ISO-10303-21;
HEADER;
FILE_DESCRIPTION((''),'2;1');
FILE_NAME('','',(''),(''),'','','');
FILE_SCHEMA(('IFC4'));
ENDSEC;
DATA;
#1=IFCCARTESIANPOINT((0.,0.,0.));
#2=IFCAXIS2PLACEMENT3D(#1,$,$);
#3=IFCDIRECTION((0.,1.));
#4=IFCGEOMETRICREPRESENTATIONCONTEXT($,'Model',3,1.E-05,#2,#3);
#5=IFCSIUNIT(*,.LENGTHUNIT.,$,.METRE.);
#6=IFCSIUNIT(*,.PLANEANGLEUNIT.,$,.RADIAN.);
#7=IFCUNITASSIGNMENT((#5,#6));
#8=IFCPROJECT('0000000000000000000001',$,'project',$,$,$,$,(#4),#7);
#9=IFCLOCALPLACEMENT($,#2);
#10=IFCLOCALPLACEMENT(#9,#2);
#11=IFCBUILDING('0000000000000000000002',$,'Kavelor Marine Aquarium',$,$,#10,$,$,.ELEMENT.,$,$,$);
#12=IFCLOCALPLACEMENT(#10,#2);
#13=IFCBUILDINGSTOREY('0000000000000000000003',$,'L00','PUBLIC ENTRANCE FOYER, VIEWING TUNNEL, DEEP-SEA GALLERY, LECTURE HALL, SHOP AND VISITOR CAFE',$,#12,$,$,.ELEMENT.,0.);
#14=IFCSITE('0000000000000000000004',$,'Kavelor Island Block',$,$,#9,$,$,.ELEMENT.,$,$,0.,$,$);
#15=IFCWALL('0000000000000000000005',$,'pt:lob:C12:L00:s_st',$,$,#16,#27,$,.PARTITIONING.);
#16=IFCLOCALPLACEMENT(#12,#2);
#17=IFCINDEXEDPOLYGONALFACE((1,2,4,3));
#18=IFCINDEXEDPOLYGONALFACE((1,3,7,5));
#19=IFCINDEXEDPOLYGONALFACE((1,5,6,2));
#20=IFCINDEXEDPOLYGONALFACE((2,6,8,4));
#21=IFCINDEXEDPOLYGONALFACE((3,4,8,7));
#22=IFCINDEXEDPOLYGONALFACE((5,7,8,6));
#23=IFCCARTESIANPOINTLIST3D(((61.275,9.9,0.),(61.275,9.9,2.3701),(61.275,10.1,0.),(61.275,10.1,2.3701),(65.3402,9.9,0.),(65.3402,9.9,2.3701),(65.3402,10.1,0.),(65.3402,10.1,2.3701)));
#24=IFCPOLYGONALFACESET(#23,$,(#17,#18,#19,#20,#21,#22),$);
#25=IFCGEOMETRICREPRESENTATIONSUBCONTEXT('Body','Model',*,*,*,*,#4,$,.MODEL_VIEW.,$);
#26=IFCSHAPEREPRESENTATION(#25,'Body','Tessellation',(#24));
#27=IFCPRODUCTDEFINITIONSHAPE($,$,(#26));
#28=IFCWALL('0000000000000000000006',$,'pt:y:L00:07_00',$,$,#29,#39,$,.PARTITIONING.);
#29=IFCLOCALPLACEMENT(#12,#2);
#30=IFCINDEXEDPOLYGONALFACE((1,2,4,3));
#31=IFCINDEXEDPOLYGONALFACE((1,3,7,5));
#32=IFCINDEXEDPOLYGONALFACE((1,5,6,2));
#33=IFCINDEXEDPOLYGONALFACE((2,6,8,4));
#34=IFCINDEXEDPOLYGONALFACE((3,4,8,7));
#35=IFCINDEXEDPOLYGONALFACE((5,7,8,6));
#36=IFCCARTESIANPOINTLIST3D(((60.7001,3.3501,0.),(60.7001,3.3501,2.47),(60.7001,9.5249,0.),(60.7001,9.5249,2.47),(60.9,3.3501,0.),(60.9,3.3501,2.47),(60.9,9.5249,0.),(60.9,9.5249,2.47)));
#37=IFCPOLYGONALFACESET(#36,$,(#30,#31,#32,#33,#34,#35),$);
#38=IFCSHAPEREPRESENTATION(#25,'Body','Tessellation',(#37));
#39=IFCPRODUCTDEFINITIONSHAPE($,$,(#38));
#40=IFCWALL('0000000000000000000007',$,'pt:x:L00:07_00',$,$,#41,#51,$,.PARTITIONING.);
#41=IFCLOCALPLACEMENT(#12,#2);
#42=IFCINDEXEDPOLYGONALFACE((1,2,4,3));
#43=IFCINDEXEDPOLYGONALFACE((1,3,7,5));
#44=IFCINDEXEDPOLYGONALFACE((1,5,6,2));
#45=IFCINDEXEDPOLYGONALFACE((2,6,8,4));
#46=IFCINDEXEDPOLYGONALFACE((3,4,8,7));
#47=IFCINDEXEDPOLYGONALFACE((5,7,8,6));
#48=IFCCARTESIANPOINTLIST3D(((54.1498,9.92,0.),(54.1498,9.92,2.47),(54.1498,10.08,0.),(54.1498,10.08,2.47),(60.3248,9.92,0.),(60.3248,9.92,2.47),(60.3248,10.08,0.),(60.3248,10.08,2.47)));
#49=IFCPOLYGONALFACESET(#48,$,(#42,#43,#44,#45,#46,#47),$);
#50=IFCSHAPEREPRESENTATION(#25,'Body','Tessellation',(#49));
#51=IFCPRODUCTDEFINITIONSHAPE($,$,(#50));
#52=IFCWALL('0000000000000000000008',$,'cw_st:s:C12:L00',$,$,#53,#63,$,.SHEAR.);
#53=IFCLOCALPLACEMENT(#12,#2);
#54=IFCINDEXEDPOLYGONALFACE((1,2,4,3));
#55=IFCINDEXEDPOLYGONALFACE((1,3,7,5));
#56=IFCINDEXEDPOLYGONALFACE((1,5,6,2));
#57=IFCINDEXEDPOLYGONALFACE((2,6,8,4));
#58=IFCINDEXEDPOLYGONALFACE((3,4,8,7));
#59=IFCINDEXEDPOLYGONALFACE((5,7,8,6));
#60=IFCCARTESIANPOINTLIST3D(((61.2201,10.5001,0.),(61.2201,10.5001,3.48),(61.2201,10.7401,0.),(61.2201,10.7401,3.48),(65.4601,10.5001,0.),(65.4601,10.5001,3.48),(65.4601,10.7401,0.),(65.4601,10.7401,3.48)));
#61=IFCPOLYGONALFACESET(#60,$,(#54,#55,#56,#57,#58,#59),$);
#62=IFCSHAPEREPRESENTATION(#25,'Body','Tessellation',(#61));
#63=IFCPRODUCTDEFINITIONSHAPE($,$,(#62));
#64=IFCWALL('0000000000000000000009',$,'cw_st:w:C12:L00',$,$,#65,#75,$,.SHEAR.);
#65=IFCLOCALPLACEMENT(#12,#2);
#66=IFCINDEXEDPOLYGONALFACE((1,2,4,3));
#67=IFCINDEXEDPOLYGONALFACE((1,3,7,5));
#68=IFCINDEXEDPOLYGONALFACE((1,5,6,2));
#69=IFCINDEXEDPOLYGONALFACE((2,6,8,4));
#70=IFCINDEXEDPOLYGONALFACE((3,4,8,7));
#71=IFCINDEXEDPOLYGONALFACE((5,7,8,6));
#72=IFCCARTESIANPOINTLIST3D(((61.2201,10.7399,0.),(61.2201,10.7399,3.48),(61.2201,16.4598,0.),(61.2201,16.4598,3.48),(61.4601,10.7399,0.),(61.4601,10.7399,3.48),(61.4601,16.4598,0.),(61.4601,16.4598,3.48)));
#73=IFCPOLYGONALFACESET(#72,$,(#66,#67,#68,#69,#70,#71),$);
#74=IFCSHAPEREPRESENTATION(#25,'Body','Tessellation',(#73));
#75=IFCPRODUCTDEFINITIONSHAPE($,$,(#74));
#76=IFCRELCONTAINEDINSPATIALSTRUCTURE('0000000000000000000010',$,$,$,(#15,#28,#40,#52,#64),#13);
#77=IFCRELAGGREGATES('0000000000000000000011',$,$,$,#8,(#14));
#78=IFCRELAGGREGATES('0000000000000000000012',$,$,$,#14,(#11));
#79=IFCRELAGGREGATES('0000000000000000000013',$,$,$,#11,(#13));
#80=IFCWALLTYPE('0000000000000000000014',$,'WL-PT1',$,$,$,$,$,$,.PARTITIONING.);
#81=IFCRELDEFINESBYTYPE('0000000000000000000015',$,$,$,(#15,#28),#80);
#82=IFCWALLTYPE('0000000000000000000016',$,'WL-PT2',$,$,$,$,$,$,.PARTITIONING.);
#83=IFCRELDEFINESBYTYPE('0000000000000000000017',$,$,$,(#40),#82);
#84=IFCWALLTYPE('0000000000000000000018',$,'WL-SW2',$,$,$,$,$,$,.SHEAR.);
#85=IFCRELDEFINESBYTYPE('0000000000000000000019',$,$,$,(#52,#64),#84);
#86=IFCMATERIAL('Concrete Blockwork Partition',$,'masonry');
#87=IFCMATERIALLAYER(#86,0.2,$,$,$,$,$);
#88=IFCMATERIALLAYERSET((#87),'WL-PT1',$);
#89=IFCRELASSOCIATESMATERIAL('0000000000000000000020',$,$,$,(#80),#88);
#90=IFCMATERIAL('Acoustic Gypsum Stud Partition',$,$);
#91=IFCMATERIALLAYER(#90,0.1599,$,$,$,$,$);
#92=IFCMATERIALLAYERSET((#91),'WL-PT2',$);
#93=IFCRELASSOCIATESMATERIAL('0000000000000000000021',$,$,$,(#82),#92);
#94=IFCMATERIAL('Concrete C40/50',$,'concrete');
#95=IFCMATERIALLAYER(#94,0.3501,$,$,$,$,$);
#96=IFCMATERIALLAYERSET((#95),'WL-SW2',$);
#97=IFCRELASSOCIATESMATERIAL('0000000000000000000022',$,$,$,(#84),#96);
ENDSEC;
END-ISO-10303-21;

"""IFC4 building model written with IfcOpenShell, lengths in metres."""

from ifc_helpers import new_model, si_unit, direction, frame, frame_2d, origin, place, context, subcontext, project, spatial, rectangle, extrude, material, layer, layer_set, type_object, element, save


model = new_model("IFC4")

# Units and contexts
model_context = context("Model", 3, precision=1e-05, world=origin(), true_north=direction((0.0, 1.0)))
body_context = subcontext(model_context, "Body", "Model", "MODEL_VIEW")
ifc_project = project(units=[si_unit("LENGTHUNIT", "METRE"), si_unit("PLANEANGLEUNIT", "RADIAN")], contexts=[model_context])

# Site, building, storey
site_placement = place(None, origin())
site = spatial("IfcSite", under=ifc_project, at=site_placement, Name="Kavelor Island Block", CompositionType="ELEMENT", RefElevation=0.0)
building_placement = place(site_placement, origin())
building = spatial("IfcBuilding", under=site, at=building_placement, Name="Kavelor Marine Aquarium", CompositionType="ELEMENT")
storey_placement = place(building_placement, origin())
storey = spatial("IfcBuildingStorey", under=building, at=storey_placement, Name="L00", Description="PUBLIC ENTRANCE FOYER, VIEWING TUNNEL, DEEP-SEA GALLERY, LECTURE HALL, SHOP AND VISITOR CAFE", CompositionType="ELEMENT", Elevation=0.0)

# Wall
ifc_material_1 = material(Name="Concrete Blockwork Partition", Category="masonry")
ifc_layer_1 = layer(ifc_material_1, 0.2)
ifc_layer_set_1 = layer_set([ifc_layer_1], Name="WL-PT1")
wall_type_1 = type_object("IfcWallType", Name="WL-PT1", PredefinedType="PARTITIONING", material=ifc_layer_set_1)
wall_1_placement = place(storey_placement, frame((61.2749, 10.0, 0.0), z_axis=(0.0, 0.0, 1.0), x_axis=(1.0, 0.0, 0.0)))
element("IfcWall", 1, at=wall_1_placement, inside=storey, type_object=wall_type_1, Name="pt:lob:C12:L00:s_st", PredefinedType="PARTITIONING", context=body_context, shape_type="SweptSolid", body=[
    extrude(rectangle(XDim=4.0652, YDim=0.2, at=frame_2d((2.0327, 0.0))), origin(), (0.0, 0.0, 1.0), 2.3701),
])

# Walls
wall_2_placement = place(storey_placement, frame((60.8, 3.3501, 0.0), z_axis=(0.0, 0.0, 1.0), x_axis=(0.0, 1.0, 0.0)))
element("IfcWall", 2, at=wall_2_placement, inside=storey, type_object=wall_type_1, Name="pt:y:L00:07_00", PredefinedType="PARTITIONING", context=body_context, shape_type="SweptSolid", body=[
    extrude(rectangle(XDim=6.1748, YDim=0.2, at=frame_2d((3.0874, 0.0))), origin(), (0.0, 0.0, 1.0), 2.47),
])
ifc_material_2 = material(Name="Acoustic Gypsum Stud Partition")
ifc_layer_2 = layer(ifc_material_2, 0.1599)
ifc_layer_set_2 = layer_set([ifc_layer_2], Name="WL-PT2")
wall_type_2 = type_object("IfcWallType", Name="WL-PT2", PredefinedType="PARTITIONING", material=ifc_layer_set_2)
wall_3_placement = place(storey_placement, frame((54.1499, 10.0, 0.0), z_axis=(0.0, 0.0, 1.0), x_axis=(1.0, 0.0, 0.0)))
element("IfcWall", 3, at=wall_3_placement, inside=storey, type_object=wall_type_2, Name="pt:x:L00:07_00", PredefinedType="PARTITIONING", context=body_context, shape_type="SweptSolid", body=[
    extrude(rectangle(XDim=6.175, YDim=0.1599, at=frame_2d((3.0874, 0.0))), origin(), (0.0, 0.0, 1.0), 2.47),
])
ifc_material_3 = material(Name="Concrete C40/50", Category="concrete")
ifc_layer_3 = layer(ifc_material_3, 0.3501)
ifc_layer_set_3 = layer_set([ifc_layer_3], Name="WL-SW2")
wall_type_3 = type_object("IfcWallType", Name="WL-SW2", PredefinedType="SHEAR", material=ifc_layer_set_3)
wall_4_placement = place(storey_placement, frame((61.22, 10.6201, 0.0), z_axis=(0.0, 0.0, 1.0), x_axis=(1.0, 0.0, 0.0)))
element("IfcWall", 4, at=wall_4_placement, inside=storey, type_object=wall_type_3, Name="cw_st:s:C12:L00", PredefinedType="SHEAR", context=body_context, shape_type="SweptSolid", body=[
    extrude(rectangle(XDim=4.24, YDim=0.24, at=frame_2d((2.1201, 0.0))), origin(), (0.0, 0.0, 1.0), 3.48),
])
wall_5_placement = place(storey_placement, frame((61.3401, 10.74, 0.0), z_axis=(0.0, 0.0, 1.0), x_axis=(0.0, 1.0, 0.0)))
element("IfcWall", 5, at=wall_5_placement, inside=storey, type_object=wall_type_3, Name="cw_st:w:C12:L00", PredefinedType="SHEAR", context=body_context, shape_type="SweptSolid", body=[
    extrude(rectangle(XDim=5.72, YDim=0.24, at=frame_2d((2.8599, 0.0))), origin(), (0.0, 0.0, 1.0), 3.48),
])

save(model, "model.ifc")
